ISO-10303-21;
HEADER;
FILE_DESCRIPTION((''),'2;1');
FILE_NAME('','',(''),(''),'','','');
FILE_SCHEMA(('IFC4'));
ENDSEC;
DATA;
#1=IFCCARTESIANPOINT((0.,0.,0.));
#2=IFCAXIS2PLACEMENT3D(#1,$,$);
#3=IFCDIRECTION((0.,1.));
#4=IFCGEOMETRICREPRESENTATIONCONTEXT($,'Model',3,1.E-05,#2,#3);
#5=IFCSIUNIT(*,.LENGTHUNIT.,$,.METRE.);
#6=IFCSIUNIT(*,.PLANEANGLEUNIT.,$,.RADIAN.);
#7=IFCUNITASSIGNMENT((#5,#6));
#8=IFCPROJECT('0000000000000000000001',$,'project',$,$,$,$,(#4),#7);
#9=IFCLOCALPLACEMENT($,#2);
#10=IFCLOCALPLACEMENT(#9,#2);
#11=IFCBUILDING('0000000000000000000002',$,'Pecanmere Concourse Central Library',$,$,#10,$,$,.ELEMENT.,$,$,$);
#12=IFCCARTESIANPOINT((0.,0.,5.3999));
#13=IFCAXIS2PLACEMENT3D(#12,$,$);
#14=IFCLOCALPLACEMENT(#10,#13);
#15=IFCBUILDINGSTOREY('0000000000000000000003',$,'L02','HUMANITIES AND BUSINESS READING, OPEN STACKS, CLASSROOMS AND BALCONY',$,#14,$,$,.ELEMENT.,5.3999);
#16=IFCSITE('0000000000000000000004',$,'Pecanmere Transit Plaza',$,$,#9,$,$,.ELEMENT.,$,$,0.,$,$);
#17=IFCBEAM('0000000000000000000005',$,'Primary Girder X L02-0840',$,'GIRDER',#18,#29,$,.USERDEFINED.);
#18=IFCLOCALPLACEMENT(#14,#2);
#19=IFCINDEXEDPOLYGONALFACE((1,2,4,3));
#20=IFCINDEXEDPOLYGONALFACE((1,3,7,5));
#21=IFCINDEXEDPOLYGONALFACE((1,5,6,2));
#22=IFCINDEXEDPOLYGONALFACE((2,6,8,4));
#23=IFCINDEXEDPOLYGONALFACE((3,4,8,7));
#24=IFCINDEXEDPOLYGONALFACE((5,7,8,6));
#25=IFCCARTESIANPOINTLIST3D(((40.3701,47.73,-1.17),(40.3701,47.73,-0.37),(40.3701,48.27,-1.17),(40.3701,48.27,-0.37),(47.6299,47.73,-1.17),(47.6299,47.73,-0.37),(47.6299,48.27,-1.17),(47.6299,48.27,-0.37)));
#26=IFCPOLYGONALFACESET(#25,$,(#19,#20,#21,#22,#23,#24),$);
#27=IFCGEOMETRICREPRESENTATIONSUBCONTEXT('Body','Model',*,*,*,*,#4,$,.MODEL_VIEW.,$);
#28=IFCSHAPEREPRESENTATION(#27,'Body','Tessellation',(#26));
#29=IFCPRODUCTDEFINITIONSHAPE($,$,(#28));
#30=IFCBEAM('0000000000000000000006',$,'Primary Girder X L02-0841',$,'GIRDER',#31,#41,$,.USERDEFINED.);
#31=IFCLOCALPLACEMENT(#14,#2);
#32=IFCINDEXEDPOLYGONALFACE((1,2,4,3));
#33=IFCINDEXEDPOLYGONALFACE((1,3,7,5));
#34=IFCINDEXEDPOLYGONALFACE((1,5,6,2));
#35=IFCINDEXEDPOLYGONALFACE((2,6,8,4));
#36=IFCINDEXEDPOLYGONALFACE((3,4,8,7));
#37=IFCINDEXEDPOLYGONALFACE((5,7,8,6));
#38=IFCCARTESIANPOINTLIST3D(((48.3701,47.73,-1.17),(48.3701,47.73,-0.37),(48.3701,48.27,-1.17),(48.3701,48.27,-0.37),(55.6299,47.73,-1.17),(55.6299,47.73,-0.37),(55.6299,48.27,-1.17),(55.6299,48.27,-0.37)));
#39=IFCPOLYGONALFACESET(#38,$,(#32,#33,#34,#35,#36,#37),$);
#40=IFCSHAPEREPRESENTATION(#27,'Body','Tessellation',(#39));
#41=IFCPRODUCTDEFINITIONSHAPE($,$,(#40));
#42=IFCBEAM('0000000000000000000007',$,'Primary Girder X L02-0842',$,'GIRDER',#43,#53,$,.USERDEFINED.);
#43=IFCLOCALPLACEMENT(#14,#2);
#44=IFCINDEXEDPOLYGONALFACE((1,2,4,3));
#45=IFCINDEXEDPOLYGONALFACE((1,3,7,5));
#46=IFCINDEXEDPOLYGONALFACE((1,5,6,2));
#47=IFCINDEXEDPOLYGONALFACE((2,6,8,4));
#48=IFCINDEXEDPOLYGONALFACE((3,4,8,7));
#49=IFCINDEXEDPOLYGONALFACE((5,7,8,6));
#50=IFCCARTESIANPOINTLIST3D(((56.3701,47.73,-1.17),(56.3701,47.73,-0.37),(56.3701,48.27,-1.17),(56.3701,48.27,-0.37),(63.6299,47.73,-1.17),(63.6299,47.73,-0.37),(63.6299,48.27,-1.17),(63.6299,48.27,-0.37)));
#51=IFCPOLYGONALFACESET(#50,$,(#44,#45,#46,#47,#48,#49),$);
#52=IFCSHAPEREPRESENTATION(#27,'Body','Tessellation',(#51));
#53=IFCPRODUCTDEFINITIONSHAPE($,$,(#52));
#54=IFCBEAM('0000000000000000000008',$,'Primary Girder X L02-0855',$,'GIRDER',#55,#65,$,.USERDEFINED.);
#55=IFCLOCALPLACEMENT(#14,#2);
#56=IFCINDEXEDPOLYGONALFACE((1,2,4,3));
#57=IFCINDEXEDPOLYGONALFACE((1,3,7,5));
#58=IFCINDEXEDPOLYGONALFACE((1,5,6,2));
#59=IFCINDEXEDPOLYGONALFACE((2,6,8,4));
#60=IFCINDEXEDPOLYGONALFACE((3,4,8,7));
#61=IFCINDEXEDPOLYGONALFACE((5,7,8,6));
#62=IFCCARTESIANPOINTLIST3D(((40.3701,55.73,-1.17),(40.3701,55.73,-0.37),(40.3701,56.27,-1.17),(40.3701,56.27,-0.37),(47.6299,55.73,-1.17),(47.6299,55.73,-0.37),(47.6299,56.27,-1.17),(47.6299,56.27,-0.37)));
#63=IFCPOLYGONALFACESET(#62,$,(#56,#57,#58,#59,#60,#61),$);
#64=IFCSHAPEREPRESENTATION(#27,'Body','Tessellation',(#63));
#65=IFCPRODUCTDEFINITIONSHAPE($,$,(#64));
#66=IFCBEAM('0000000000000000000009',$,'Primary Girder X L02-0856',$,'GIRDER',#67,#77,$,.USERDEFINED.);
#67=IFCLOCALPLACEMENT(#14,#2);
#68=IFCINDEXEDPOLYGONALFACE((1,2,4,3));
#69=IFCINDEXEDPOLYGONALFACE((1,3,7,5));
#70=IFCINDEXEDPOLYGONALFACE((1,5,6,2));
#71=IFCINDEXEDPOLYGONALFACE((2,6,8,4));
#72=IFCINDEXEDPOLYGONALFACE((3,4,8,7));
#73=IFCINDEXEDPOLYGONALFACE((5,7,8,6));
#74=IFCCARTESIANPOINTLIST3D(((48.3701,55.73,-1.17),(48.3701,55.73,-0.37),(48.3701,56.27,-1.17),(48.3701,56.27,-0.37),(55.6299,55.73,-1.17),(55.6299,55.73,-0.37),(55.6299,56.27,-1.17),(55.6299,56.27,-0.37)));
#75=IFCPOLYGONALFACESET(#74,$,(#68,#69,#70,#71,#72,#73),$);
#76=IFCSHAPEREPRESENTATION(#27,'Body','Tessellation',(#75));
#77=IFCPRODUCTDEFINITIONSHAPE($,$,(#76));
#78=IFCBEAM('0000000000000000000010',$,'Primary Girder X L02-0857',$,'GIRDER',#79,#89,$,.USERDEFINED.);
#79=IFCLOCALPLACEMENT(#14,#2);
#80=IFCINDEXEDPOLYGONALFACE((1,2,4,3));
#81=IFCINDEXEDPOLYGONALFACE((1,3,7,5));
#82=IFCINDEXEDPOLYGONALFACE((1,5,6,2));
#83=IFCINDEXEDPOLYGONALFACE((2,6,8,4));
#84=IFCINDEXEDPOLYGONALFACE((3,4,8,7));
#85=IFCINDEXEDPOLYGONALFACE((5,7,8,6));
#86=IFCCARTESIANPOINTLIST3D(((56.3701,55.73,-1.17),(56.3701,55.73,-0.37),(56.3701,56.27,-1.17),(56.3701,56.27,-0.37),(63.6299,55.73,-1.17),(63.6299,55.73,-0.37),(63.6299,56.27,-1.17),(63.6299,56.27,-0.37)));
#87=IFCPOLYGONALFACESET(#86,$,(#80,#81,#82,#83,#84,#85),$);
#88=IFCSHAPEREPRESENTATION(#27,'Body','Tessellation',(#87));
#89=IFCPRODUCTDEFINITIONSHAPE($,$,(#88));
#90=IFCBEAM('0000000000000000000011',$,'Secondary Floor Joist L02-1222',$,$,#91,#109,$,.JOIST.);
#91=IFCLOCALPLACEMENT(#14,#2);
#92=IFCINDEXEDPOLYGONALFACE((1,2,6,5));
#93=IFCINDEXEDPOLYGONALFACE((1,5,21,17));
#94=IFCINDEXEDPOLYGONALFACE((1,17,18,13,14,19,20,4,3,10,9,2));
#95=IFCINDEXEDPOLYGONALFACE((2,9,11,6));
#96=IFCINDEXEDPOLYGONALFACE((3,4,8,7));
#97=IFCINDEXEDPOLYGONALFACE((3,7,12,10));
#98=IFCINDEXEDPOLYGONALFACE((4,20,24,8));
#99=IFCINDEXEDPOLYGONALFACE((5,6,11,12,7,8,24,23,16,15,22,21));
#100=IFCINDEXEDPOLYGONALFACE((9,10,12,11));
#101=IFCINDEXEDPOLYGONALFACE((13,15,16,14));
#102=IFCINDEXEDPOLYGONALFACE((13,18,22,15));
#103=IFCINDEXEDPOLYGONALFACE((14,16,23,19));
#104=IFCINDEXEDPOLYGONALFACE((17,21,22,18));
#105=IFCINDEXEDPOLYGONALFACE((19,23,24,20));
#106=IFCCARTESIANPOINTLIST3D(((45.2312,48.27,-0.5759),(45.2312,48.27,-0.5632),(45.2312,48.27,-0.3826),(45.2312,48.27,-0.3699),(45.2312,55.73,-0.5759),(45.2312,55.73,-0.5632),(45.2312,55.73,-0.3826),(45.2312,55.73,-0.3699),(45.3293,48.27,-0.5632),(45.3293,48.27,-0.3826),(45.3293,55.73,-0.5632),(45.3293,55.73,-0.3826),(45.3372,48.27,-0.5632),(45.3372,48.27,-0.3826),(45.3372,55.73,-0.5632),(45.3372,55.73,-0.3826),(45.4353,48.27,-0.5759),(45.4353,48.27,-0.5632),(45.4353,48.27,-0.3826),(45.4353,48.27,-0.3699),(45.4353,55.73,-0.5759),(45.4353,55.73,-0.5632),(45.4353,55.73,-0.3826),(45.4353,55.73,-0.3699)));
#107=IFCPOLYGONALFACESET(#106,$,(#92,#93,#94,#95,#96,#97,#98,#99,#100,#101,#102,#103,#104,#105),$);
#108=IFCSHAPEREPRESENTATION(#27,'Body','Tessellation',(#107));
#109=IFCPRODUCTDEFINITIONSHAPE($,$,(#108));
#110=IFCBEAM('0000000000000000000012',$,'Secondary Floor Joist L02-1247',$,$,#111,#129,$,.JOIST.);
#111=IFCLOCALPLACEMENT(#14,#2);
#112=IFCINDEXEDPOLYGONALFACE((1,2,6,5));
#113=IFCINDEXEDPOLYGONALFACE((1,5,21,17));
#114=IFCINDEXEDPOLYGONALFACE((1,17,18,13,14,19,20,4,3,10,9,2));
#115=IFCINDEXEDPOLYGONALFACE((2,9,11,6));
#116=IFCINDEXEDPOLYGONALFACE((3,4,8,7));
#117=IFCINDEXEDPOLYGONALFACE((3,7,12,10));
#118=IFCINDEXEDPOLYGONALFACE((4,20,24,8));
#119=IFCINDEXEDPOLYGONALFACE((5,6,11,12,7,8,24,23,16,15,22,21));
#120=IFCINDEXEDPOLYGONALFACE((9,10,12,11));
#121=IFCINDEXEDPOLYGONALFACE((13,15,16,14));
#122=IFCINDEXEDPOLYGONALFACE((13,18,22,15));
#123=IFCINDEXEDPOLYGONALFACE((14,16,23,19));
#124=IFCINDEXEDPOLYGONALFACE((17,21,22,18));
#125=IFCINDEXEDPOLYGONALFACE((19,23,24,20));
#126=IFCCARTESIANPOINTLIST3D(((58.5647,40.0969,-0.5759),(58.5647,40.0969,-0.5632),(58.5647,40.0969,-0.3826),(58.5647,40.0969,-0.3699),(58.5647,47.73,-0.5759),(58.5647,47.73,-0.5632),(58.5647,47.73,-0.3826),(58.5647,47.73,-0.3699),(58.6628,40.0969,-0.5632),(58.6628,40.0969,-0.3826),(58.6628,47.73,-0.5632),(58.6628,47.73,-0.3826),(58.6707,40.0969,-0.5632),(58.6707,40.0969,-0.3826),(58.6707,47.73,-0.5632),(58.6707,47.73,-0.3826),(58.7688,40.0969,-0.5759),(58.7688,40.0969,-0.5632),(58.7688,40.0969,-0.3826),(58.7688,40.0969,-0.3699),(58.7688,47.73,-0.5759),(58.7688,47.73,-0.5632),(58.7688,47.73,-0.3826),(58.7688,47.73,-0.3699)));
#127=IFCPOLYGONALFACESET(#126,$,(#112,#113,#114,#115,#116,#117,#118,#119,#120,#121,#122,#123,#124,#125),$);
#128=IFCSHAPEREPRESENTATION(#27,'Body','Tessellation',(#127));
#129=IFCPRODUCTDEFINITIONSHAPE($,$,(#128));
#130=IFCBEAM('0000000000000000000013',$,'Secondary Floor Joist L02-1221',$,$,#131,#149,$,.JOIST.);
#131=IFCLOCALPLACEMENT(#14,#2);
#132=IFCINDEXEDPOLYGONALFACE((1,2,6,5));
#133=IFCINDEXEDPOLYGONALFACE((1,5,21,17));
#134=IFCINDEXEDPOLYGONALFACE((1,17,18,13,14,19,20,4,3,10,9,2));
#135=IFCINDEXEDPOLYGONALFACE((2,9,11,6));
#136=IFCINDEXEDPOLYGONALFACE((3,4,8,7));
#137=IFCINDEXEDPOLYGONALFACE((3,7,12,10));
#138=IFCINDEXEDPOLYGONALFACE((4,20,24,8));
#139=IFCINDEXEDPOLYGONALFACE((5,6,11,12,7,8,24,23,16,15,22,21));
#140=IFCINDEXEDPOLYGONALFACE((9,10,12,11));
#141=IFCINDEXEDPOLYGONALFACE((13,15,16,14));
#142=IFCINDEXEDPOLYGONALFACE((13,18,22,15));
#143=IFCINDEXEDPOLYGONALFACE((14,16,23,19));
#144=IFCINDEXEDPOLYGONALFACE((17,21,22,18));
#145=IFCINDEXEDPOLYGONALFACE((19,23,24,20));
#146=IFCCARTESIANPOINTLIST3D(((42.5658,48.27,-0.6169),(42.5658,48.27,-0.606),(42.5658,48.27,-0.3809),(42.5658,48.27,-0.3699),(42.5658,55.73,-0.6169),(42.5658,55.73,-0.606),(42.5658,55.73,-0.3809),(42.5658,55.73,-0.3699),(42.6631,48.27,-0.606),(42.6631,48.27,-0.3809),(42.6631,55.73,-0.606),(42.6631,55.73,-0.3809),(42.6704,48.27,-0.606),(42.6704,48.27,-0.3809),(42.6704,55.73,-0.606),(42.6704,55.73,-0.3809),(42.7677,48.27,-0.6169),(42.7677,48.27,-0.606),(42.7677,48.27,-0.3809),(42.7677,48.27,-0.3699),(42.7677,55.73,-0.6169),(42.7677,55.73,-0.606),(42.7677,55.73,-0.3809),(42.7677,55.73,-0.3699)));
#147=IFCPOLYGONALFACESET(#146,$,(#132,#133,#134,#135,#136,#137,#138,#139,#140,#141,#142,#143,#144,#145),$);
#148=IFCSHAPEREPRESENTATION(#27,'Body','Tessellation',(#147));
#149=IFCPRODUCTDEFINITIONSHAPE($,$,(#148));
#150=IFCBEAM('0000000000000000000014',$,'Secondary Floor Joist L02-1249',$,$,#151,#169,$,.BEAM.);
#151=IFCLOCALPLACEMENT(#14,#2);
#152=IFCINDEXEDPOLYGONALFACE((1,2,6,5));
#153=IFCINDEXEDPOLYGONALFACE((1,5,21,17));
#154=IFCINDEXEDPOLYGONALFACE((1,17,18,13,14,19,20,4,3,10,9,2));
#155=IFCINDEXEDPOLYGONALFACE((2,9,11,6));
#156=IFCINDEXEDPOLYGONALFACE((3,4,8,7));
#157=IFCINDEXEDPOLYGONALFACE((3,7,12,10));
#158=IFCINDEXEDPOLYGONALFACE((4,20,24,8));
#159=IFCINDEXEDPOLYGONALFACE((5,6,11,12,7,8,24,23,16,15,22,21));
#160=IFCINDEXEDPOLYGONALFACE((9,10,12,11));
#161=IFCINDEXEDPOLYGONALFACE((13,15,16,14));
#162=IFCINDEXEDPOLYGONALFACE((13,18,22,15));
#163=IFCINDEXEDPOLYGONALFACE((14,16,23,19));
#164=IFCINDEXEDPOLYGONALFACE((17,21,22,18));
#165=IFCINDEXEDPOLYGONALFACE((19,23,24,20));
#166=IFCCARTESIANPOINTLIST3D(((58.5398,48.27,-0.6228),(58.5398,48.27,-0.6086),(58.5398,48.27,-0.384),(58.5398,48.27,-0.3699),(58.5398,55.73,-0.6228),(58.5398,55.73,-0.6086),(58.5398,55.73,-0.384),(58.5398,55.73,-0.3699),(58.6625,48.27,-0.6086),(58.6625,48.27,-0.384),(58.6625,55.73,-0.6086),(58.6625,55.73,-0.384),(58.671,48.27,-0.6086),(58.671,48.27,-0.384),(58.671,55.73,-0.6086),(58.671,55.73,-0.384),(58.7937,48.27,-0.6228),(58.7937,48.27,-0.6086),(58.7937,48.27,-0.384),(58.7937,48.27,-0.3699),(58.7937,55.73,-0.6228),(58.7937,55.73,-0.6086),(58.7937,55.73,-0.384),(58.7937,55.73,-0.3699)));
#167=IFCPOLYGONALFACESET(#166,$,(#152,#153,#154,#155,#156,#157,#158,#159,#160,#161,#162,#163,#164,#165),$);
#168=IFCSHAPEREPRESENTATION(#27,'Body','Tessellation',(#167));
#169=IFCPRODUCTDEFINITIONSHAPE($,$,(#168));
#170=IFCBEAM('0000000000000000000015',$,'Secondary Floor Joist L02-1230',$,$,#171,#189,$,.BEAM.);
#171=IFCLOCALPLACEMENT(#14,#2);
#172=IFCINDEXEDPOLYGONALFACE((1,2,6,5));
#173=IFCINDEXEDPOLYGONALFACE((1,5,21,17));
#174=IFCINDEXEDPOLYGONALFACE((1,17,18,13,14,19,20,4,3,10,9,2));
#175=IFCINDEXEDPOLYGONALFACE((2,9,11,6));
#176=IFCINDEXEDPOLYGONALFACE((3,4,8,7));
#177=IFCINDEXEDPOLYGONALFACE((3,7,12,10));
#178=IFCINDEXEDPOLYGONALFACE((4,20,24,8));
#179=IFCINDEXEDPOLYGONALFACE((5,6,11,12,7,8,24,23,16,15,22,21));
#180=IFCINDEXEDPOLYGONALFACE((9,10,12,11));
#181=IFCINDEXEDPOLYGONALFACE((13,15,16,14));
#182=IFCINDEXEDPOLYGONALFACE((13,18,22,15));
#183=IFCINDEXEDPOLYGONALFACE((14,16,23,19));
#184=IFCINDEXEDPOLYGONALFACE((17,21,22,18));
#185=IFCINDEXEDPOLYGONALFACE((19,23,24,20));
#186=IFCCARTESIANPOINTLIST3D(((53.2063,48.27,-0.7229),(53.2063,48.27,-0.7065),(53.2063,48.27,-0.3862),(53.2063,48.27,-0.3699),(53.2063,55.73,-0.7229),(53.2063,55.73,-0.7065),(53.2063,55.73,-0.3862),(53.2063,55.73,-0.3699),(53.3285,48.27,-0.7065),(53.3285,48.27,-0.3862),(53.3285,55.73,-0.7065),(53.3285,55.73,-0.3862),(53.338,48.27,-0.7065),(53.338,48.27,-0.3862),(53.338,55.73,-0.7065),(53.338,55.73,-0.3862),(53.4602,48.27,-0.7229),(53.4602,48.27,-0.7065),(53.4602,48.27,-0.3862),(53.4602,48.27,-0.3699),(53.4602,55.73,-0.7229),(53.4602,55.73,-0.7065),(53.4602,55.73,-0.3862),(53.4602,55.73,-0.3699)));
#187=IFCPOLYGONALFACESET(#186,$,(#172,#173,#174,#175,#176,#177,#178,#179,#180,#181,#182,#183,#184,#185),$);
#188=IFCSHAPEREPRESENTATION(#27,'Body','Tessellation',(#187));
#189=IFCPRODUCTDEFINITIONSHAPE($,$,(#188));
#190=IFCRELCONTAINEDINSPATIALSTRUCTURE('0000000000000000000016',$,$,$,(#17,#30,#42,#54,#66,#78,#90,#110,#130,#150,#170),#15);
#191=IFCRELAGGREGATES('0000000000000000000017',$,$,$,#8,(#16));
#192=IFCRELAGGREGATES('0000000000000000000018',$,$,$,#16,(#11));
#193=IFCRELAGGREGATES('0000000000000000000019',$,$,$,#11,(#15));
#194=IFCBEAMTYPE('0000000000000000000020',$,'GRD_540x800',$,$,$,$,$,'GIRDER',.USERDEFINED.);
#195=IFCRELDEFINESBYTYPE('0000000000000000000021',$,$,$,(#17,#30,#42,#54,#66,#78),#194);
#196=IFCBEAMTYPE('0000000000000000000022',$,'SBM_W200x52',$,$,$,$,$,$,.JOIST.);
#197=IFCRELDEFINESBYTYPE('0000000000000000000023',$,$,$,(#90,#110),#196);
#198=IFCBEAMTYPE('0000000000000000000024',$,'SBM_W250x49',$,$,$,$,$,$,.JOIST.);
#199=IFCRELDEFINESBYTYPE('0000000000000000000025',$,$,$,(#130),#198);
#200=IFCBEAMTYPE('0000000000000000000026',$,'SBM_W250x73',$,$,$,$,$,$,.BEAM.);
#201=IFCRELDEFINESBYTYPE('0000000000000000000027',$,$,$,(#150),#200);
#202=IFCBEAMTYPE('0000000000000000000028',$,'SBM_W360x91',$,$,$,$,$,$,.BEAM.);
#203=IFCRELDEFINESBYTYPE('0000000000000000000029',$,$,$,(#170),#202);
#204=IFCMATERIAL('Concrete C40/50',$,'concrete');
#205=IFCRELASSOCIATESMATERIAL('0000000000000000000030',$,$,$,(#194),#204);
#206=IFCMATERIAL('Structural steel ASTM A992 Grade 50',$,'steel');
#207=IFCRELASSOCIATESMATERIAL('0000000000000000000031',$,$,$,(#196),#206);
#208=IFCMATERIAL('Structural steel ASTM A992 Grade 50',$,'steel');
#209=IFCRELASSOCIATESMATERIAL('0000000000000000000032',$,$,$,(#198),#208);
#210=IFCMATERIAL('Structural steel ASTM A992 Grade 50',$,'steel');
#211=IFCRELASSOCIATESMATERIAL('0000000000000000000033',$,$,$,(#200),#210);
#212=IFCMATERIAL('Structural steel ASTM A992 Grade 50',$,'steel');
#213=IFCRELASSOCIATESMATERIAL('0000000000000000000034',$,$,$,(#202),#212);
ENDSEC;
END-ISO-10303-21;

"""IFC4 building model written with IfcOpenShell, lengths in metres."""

from ifc_helpers import new_model, si_unit, direction, frame, origin, origin_2d, place, context, subcontext, project, spatial, rectangle, i_section, extrude, material, material_profile, profile_set, type_object, element, save


model = new_model("IFC4")

# Units and contexts
model_context = context("Model", 3, precision=1e-05, world=origin(), true_north=direction((0.0, 1.0)))
body_context = subcontext(model_context, "Body", "Model", "MODEL_VIEW")
ifc_project = project(units=[si_unit("LENGTHUNIT", "METRE"), si_unit("PLANEANGLEUNIT", "RADIAN")], contexts=[model_context])

# Site, building, storey
site_placement = place(None, origin())
site = spatial("IfcSite", under=ifc_project, at=site_placement, Name="Pecanmere Transit Plaza", CompositionType="ELEMENT", RefElevation=0.0)
building_placement = place(site_placement, origin())
building = spatial("IfcBuilding", under=site, at=building_placement, Name="Pecanmere Concourse Central Library", CompositionType="ELEMENT")
storey_placement = place(building_placement, frame((0.0, 0.0, 5.3999)))
storey = spatial("IfcBuildingStorey", under=building, at=storey_placement, Name="L02", Description="HUMANITIES AND BUSINESS READING, OPEN STACKS, CLASSROOMS AND BALCONY", CompositionType="ELEMENT", Elevation=5.3999)

# Beams
ifc_material_1 = material(Name="Concrete C40/50", Category="concrete")
ifc_material_profile_1 = material_profile(ifc_material_1, rectangle(XDim=0.54, YDim=0.8, at=origin_2d()), Name="RC 540x800")
ifc_profile_set_1 = profile_set([ifc_material_profile_1], Name="Concrete C40/50")
beam_type_1 = type_object("IfcBeamType", Name="GRD_540x800", ElementType="GIRDER", PredefinedType="USERDEFINED", material=ifc_profile_set_1)
for number, where, z_axis, x_axis, name in (
    (1, (40.3701, 48.0, -0.77), (1.0, 0.0, 0.0), (0.0, 1.0, 0.0), "Primary Girder X L02-0840"),
    (2, (48.3701, 48.0, -0.77), (1.0, 0.0, 0.0), (0.0, 1.0, 0.0), "Primary Girder X L02-0841"),
    (3, (56.3701, 48.0, -0.77), (1.0, 0.0, 0.0), (0.0, 1.0, 0.0), "Primary Girder X L02-0842"),
    (4, (40.3701, 56.0, -0.77), (1.0, 0.0, 0.0), (0.0, 1.0, 0.0), "Primary Girder X L02-0855"),
    (5, (48.3701, 56.0, -0.77), (1.0, 0.0, 0.0), (0.0, 1.0, 0.0), "Primary Girder X L02-0856"),
    (6, (56.3701, 56.0, -0.77), (1.0, 0.0, 0.0), (0.0, 1.0, 0.0), "Primary Girder X L02-0857"),
):
    element("IfcBeam", number, at=place(storey_placement, frame(where, z_axis=z_axis, x_axis=x_axis)), inside=storey, type_object=beam_type_1, Name=name, ObjectType="GIRDER", PredefinedType="USERDEFINED", context=body_context, shape_type="SweptSolid", body=[
        extrude(rectangle(XDim=0.54, YDim=0.8, at=origin_2d()), origin(), (0.0, 0.0, 1.0), 7.2598),
    ])
ifc_material_2 = material(Name="Structural steel ASTM A992 Grade 50", Category="steel")
ifc_material_profile_2 = material_profile(ifc_material_2, i_section(OverallWidth=0.2041, OverallDepth=0.2061, WebThickness=0.0078, FlangeThickness=0.0127, at=origin_2d()), Name="W200x52")
ifc_profile_set_2 = profile_set([ifc_material_profile_2], Name="Structural steel ASTM A992 Grade 50")
beam_type_2 = type_object("IfcBeamType", Name="SBM_W200x52", PredefinedType="JOIST", material=ifc_profile_set_2)
beam_1_placement = place(storey_placement, frame((45.3333, 48.27, -0.4729), z_axis=(0.0, 1.0, 0.0), x_axis=(-1.0, 0.0, 0.0)))
element("IfcBeam", 7, at=beam_1_placement, inside=storey, type_object=beam_type_2, Name="Secondary Floor Joist L02-1222", PredefinedType="JOIST", context=body_context, shape_type="SweptSolid", body=[
    extrude(i_section(OverallWidth=0.2041, OverallDepth=0.2061, WebThickness=0.0078, FlangeThickness=0.0127, at=origin_2d()), origin(), (0.0, 0.0, 1.0), 7.46),
])
beam_2_placement = place(storey_placement, frame((58.6667, 40.0969, -0.4729), z_axis=(0.0, 1.0, 0.0), x_axis=(-1.0, 0.0, 0.0)))
element("IfcBeam", 8, at=beam_2_placement, inside=storey, type_object=beam_type_2, Name="Secondary Floor Joist L02-1247", PredefinedType="JOIST", context=body_context, shape_type="SweptSolid", body=[
    extrude(i_section(OverallWidth=0.2041, OverallDepth=0.2061, WebThickness=0.0078, FlangeThickness=0.0127, at=origin_2d()), origin(), (0.0, 0.0, 1.0), 7.6331),
])
ifc_material_3 = material(Name="Structural steel ASTM A992 Grade 50", Category="steel")
ifc_material_profile_3 = material_profile(ifc_material_3, i_section(OverallWidth=0.2019, OverallDepth=0.2471, WebThickness=0.0073, FlangeThickness=0.011, at=origin_2d()), Name="W250x49.1")
ifc_profile_set_3 = profile_set([ifc_material_profile_3], Name="Structural steel ASTM A992 Grade 50")
beam_type_3 = type_object("IfcBeamType", Name="SBM_W250x49", PredefinedType="JOIST", material=ifc_profile_set_3)
beam_3_placement = place(storey_placement, frame((42.6667, 48.27, -0.4934), z_axis=(0.0, 1.0, 0.0), x_axis=(-1.0, 0.0, 0.0)))
element("IfcBeam", 9, at=beam_3_placement, inside=storey, type_object=beam_type_3, Name="Secondary Floor Joist L02-1221", PredefinedType="JOIST", context=body_context, shape_type="SweptSolid", body=[
    extrude(i_section(OverallWidth=0.2019, OverallDepth=0.2471, WebThickness=0.0073, FlangeThickness=0.011, at=origin_2d()), origin(), (0.0, 0.0, 1.0), 7.46),
])
ifc_material_4 = material(Name="Structural steel ASTM A992 Grade 50", Category="steel")
ifc_material_profile_4 = material_profile(ifc_material_4, i_section(OverallWidth=0.2539, OverallDepth=0.2529, WebThickness=0.0085, FlangeThickness=0.0142, at=origin_2d()), Name="W250x73")
ifc_profile_set_4 = profile_set([ifc_material_profile_4], Name="Structural steel ASTM A992 Grade 50")
beam_type_4 = type_object("IfcBeamType", Name="SBM_W250x73", PredefinedType="BEAM", material=ifc_profile_set_4)
beam_4_placement = place(storey_placement, frame((58.6667, 48.27, -0.4963), z_axis=(0.0, 1.0, 0.0), x_axis=(-1.0, 0.0, 0.0)))
element("IfcBeam", 10, at=beam_4_placement, inside=storey, type_object=beam_type_4, Name="Secondary Floor Joist L02-1249", PredefinedType="BEAM", context=body_context, shape_type="SweptSolid", body=[
    extrude(i_section(OverallWidth=0.2539, OverallDepth=0.2529, WebThickness=0.0085, FlangeThickness=0.0142, at=origin_2d()), origin(), (0.0, 0.0, 1.0), 7.46),
])
ifc_material_5 = material(Name="Structural steel ASTM A992 Grade 50", Category="steel")
ifc_material_profile_5 = material_profile(ifc_material_5, i_section(OverallWidth=0.2539, OverallDepth=0.353, WebThickness=0.0095, FlangeThickness=0.0164, at=origin_2d()), Name="W360x91")
ifc_profile_set_5 = profile_set([ifc_material_profile_5], Name="Structural steel ASTM A992 Grade 50")
beam_type_5 = type_object("IfcBeamType", Name="SBM_W360x91", PredefinedType="BEAM", material=ifc_profile_set_5)
beam_5_placement = place(storey_placement, frame((53.3333, 48.27, -0.5464), z_axis=(0.0, 1.0, 0.0), x_axis=(-1.0, 0.0, 0.0)))
element("IfcBeam", 11, at=beam_5_placement, inside=storey, type_object=beam_type_5, Name="Secondary Floor Joist L02-1230", PredefinedType="BEAM", context=body_context, shape_type="SweptSolid", body=[
    extrude(i_section(OverallWidth=0.2539, OverallDepth=0.353, WebThickness=0.0095, FlangeThickness=0.0164, at=origin_2d()), origin(), (0.0, 0.0, 1.0), 7.46),
])

save(model, "model.ifc")
